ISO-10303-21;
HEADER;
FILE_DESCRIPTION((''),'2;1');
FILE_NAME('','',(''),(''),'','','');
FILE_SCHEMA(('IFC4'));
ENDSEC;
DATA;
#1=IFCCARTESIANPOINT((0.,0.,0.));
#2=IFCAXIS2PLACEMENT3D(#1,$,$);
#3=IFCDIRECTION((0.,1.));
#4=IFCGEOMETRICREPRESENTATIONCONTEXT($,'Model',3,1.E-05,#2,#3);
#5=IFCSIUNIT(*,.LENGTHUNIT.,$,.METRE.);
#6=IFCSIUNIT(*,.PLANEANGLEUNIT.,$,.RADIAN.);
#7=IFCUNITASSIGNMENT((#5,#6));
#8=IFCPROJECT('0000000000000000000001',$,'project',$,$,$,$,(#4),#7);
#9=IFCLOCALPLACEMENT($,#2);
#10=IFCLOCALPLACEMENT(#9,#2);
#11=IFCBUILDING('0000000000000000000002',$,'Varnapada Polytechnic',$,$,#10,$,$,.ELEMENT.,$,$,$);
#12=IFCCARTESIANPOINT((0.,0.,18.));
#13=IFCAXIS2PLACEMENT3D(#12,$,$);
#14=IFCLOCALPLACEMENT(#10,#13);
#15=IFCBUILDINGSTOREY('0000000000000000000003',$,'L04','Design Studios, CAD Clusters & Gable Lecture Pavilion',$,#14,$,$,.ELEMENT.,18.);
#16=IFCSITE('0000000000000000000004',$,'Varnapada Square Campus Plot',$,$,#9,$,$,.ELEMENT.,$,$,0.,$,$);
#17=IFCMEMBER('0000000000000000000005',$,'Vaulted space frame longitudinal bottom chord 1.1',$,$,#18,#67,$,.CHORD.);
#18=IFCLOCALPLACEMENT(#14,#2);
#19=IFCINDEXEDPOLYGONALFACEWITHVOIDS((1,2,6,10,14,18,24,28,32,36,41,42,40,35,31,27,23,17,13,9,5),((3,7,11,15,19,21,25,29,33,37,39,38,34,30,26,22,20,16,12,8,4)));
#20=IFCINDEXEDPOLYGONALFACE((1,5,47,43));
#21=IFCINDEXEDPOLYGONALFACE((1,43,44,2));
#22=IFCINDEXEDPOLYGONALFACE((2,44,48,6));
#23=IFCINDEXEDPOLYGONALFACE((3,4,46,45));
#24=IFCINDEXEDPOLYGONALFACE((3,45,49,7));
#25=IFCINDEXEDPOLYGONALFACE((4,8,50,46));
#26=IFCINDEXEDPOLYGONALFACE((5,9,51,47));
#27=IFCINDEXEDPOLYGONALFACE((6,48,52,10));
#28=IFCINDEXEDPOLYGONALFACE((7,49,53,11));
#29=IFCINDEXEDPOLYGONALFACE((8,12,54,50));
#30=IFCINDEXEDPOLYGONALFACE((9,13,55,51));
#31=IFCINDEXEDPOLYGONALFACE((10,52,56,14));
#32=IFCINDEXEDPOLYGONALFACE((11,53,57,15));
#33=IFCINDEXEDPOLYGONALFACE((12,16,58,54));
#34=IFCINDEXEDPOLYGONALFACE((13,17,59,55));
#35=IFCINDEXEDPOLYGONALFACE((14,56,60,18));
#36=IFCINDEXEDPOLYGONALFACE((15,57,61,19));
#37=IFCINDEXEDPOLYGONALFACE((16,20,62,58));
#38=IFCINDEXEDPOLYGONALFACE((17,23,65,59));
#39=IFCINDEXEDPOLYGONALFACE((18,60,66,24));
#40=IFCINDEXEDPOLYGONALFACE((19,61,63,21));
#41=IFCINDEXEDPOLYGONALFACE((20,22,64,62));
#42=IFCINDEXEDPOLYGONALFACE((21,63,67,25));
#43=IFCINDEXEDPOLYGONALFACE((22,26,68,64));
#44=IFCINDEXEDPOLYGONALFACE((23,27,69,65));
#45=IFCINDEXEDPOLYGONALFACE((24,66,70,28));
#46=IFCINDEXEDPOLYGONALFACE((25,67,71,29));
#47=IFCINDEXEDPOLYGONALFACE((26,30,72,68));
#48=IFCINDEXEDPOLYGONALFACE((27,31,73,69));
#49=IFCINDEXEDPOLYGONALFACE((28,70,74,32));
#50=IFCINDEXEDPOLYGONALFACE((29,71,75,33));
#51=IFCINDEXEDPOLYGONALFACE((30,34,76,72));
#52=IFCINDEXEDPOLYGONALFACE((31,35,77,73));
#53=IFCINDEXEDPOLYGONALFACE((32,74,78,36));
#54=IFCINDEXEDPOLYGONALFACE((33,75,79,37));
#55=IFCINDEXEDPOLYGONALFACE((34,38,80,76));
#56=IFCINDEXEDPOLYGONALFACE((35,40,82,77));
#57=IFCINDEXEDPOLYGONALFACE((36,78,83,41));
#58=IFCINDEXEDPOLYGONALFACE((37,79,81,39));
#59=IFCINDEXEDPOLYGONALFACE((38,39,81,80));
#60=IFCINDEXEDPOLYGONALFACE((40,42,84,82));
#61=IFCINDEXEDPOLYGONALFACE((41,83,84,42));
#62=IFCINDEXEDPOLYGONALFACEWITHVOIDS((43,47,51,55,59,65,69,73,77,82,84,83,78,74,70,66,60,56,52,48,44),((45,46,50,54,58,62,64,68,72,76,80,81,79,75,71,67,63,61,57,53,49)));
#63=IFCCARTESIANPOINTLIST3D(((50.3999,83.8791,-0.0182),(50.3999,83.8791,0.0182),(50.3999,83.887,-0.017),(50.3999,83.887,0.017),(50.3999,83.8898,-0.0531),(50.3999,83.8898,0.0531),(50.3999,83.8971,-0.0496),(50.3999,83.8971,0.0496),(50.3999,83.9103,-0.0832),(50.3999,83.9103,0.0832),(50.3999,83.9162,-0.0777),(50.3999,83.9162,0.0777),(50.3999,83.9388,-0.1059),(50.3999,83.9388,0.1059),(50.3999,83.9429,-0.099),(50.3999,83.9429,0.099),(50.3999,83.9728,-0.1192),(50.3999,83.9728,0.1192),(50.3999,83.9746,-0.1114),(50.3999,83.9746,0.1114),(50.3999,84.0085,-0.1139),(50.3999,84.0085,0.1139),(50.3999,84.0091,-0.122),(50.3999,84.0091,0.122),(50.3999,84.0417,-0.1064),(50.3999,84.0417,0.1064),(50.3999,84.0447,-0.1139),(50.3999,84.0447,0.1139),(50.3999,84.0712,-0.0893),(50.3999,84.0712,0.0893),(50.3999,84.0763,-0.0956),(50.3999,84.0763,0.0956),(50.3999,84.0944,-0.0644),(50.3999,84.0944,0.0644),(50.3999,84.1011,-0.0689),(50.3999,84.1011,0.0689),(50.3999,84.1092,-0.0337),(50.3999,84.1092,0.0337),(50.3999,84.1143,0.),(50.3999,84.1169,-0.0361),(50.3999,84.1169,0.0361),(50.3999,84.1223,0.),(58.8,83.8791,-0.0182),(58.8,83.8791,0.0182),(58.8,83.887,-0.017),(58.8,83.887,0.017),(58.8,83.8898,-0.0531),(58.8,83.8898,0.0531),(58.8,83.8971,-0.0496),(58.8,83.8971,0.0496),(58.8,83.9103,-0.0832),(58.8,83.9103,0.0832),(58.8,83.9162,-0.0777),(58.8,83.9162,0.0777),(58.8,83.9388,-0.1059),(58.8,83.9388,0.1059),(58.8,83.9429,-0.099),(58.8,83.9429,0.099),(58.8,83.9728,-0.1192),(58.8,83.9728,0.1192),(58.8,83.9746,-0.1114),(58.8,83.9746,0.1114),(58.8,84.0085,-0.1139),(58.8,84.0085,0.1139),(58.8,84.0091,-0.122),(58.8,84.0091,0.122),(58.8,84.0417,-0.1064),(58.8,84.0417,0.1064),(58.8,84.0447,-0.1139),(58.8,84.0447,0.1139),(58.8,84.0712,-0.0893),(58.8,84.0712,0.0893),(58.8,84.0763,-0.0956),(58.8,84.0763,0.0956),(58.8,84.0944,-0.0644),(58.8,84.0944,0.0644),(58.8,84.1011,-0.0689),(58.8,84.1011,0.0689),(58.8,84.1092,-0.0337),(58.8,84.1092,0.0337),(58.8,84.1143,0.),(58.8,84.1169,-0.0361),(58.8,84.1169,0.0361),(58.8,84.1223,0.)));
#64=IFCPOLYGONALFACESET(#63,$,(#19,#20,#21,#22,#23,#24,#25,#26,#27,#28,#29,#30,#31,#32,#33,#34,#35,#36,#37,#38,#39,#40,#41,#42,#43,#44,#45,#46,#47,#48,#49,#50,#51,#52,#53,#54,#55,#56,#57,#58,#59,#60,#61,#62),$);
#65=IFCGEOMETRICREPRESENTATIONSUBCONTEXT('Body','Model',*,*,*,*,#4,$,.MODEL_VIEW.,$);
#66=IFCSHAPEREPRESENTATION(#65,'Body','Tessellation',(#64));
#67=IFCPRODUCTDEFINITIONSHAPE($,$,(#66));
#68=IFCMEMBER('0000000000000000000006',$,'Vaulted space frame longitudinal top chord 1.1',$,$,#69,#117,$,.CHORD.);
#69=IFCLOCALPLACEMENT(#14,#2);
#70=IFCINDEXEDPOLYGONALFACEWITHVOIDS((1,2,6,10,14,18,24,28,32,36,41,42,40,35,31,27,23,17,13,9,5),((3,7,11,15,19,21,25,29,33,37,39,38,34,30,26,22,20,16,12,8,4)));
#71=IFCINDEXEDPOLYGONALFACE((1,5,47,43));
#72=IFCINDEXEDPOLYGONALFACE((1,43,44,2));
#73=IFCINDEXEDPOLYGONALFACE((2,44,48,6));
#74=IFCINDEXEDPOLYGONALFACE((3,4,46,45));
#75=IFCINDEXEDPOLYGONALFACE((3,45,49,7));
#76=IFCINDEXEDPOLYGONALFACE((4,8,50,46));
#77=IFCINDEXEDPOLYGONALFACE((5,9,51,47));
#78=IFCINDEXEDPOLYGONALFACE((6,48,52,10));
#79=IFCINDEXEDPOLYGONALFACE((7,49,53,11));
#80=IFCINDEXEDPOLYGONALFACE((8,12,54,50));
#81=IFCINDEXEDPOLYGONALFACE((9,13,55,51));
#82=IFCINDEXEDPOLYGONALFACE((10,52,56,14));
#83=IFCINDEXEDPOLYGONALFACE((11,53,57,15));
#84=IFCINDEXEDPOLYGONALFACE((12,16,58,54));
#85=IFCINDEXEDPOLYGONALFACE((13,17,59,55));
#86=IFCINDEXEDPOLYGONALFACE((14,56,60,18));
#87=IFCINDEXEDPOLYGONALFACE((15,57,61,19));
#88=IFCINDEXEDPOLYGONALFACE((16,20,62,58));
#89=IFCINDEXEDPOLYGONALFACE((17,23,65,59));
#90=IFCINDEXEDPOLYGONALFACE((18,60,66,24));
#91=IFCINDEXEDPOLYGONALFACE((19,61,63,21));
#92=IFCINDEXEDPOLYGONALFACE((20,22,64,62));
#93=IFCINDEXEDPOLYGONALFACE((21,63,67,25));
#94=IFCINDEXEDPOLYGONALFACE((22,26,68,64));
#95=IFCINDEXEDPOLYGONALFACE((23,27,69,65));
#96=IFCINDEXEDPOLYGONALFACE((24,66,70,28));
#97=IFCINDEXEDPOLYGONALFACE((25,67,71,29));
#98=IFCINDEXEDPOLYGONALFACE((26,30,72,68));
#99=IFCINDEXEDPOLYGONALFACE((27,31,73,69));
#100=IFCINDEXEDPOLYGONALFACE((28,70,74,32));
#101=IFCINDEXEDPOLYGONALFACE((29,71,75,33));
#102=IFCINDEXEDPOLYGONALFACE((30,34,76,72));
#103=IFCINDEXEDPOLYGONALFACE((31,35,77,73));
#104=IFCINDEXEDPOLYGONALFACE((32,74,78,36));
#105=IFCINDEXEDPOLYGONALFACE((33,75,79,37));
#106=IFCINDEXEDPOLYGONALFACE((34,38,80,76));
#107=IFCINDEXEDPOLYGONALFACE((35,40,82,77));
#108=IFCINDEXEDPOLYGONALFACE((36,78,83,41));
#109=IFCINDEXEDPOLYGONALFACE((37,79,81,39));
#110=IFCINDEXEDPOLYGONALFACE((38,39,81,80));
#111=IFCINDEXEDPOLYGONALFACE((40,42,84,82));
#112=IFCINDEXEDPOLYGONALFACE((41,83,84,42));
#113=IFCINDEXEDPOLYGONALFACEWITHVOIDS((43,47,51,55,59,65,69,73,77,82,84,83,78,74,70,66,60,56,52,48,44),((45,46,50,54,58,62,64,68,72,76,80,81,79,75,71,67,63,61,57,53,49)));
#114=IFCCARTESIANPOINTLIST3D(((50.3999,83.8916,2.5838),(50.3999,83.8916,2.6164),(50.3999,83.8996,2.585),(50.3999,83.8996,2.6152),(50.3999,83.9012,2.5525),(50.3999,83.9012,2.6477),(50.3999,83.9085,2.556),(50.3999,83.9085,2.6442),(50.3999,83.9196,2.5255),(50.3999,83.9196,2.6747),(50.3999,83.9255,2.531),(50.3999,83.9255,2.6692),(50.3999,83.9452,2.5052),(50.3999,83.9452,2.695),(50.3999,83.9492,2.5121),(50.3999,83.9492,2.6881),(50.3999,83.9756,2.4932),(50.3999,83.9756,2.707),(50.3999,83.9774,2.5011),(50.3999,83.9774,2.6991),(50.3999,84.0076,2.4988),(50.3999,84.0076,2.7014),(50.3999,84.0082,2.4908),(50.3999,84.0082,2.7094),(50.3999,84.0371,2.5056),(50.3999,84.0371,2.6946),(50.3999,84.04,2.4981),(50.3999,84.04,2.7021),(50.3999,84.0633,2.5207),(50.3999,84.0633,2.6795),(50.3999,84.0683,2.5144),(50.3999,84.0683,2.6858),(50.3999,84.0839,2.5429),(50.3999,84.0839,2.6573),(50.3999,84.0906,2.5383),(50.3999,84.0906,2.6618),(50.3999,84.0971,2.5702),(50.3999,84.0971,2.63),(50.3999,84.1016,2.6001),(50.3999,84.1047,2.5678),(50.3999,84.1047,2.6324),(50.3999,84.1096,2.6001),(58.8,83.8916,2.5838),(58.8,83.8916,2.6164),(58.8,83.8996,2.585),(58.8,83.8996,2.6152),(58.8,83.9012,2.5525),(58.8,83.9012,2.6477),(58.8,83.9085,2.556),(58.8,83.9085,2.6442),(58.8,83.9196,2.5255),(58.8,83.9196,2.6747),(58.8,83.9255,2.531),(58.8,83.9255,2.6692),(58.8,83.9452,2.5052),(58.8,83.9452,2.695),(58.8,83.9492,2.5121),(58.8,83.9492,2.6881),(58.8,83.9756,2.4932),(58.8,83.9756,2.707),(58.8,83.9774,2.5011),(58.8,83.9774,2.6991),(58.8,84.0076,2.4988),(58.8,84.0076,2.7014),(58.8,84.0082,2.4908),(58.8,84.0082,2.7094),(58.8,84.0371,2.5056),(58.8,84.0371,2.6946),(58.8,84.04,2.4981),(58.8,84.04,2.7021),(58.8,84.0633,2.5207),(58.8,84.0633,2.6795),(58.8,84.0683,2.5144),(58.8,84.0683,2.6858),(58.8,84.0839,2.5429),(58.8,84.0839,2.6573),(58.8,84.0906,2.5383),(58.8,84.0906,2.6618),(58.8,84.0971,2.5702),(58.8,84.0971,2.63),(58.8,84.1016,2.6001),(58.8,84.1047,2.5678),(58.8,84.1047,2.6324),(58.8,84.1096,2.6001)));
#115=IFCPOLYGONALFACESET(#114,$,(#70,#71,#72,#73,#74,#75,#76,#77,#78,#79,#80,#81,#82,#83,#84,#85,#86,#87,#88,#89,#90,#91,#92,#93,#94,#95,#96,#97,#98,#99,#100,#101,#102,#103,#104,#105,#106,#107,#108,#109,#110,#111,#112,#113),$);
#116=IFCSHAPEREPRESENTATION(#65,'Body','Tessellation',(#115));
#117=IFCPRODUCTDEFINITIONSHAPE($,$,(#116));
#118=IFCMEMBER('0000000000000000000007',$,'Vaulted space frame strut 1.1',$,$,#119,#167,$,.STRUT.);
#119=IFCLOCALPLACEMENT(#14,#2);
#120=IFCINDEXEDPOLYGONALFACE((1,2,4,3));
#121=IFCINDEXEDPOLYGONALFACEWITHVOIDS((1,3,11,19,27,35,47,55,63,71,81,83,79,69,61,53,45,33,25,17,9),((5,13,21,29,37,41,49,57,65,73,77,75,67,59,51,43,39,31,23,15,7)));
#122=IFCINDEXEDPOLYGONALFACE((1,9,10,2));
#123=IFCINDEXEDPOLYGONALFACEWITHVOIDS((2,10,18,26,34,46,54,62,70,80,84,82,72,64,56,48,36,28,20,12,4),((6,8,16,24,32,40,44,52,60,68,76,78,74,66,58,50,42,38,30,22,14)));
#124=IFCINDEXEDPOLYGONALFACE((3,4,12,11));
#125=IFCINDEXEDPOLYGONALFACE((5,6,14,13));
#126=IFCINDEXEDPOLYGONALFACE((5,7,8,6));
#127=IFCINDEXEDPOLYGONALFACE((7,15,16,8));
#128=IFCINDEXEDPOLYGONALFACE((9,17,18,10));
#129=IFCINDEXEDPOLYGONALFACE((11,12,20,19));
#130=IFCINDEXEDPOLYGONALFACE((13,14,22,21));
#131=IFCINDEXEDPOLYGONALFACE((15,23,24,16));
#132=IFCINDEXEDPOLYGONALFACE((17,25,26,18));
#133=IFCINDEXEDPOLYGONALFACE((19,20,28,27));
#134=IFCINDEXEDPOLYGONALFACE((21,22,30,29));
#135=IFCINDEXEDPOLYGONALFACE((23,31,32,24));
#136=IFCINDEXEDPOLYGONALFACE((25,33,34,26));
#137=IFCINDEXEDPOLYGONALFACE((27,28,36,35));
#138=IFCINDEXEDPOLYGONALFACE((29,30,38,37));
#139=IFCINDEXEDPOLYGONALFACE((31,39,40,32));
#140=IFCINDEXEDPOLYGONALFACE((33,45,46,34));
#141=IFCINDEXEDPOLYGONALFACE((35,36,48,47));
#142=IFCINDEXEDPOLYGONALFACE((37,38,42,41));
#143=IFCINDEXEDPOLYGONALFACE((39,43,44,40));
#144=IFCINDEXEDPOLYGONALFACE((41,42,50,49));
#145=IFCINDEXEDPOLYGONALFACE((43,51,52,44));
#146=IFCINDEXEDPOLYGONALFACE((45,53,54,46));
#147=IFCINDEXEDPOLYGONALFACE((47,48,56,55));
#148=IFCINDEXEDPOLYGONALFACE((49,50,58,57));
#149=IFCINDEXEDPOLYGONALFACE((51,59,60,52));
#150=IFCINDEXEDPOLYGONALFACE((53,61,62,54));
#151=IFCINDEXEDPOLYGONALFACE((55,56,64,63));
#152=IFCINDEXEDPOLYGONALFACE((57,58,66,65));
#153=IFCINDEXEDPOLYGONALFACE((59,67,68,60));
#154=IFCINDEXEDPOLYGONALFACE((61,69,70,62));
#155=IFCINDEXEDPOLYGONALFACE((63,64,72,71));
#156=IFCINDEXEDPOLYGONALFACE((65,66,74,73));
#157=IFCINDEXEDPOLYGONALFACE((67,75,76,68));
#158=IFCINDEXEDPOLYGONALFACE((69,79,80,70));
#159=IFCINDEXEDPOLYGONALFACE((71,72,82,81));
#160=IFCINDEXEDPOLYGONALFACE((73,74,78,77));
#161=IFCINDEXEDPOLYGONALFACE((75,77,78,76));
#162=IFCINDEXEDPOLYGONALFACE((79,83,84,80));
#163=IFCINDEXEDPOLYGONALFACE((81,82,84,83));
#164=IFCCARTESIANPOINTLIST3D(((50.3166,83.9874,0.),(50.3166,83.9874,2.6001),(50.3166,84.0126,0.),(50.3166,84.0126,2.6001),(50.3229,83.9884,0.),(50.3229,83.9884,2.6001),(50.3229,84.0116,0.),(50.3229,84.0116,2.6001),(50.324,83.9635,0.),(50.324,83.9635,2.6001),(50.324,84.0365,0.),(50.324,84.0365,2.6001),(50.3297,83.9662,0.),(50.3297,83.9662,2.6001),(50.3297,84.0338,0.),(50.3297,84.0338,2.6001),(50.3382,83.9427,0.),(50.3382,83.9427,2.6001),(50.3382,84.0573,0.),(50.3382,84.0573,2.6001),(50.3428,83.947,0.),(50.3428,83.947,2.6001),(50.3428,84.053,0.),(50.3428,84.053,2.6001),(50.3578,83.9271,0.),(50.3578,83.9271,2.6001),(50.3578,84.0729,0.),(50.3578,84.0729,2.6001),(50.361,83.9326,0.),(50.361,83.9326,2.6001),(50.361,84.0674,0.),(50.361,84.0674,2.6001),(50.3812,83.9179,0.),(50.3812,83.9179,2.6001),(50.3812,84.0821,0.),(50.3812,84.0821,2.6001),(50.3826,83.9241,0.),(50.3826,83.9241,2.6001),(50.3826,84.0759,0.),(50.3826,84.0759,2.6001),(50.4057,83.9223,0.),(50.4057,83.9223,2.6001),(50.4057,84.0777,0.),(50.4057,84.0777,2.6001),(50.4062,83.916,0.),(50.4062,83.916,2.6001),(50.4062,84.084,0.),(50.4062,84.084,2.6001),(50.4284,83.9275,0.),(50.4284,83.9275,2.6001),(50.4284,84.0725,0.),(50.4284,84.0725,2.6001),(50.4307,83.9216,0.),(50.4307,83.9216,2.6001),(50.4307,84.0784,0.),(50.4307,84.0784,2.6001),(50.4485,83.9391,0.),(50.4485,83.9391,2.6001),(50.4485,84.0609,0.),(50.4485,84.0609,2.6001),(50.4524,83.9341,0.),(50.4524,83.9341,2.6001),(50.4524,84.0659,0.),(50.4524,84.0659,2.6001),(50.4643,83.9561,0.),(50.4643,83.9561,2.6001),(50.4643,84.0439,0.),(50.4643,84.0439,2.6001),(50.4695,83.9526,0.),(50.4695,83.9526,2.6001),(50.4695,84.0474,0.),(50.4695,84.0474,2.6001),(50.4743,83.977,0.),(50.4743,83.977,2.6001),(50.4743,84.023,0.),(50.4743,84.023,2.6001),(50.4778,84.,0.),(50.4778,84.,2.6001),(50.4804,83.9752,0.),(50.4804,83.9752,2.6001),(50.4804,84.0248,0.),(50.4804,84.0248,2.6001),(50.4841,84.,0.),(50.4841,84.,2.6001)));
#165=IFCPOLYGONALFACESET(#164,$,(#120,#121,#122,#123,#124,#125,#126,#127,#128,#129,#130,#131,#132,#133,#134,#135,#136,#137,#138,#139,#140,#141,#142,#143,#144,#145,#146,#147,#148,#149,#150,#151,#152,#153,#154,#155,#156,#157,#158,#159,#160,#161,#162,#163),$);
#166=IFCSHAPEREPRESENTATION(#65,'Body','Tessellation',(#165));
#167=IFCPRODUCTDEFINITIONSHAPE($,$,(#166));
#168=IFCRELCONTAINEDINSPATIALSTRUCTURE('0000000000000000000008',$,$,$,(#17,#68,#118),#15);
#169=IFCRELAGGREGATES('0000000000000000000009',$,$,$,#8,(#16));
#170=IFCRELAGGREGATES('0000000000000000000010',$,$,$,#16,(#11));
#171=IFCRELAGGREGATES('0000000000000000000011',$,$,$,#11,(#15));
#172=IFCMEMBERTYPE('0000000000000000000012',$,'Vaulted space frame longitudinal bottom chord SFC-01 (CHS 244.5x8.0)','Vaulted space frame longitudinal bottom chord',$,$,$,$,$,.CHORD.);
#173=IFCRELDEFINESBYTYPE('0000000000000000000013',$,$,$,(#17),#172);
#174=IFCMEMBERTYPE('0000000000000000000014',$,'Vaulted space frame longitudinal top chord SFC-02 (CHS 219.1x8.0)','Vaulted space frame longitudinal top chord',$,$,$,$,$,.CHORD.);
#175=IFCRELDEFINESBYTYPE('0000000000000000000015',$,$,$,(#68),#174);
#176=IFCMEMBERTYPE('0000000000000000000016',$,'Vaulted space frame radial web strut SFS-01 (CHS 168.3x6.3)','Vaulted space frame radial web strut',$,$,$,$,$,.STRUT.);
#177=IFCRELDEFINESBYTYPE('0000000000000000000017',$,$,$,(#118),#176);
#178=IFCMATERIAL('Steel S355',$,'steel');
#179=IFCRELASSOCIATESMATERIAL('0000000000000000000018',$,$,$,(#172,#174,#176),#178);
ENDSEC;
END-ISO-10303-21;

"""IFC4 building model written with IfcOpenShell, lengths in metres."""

from ifc_helpers import new_model, si_unit, direction, frame, origin, origin_2d, place, context, subcontext, project, spatial, hollow_circle, extrude, material, material_profile, profile_set, type_object, element, save


model = new_model("IFC4")

# Units and contexts
model_context = context("Model", 3, precision=1e-05, world=origin(), true_north=direction((0.0, 1.0)))
body_context = subcontext(model_context, "Body", "Model", "MODEL_VIEW")
ifc_project = project(units=[si_unit("LENGTHUNIT", "METRE"), si_unit("PLANEANGLEUNIT", "RADIAN")], contexts=[model_context])

# Site, building, storey
site_placement = place(None, origin())
site = spatial("IfcSite", under=ifc_project, at=site_placement, Name="Varnapada Square Campus Plot", CompositionType="ELEMENT", RefElevation=0.0)
building_placement = place(site_placement, origin())
building = spatial("IfcBuilding", under=site, at=building_placement, Name="Varnapada Polytechnic", CompositionType="ELEMENT")
storey_placement = place(building_placement, frame((0.0, 0.0, 18.0)))
storey = spatial("IfcBuildingStorey", under=building, at=storey_placement, Name="L04", Description="Design Studios, CAD Clusters & Gable Lecture Pavilion", CompositionType="ELEMENT", Elevation=18.0)

# Shared definitions
ifc_material = material(Name="Steel S355", Category="steel")

# Members
ifc_material_profile_1 = material_profile(ifc_material, hollow_circle(Radius=0.1223, WallThickness=0.0081, at=origin_2d()), Name="CHS 244.5x8.0")
ifc_profile_set_1 = profile_set([ifc_material_profile_1], Name="Steel S355")
member_type_1 = type_object("IfcMemberType", Name="Vaulted space frame longitudinal bottom chord SFC-01 (CHS 244.5x8.0)", Description="Vaulted space frame longitudinal bottom chord", PredefinedType="CHORD", material=ifc_profile_set_1)
member_1_placement = place(storey_placement, frame((50.3999, 84.0, 0.0), z_axis=(1.0, 0.0, 0.0), x_axis=(0.0, 1.0, 0.0)))
element("IfcMember", 1, at=member_1_placement, inside=storey, type_object=member_type_1, Name="Vaulted space frame longitudinal bottom chord 1.1", PredefinedType="CHORD", context=body_context, shape_type="SweptSolid", body=[
    extrude(hollow_circle(Radius=0.1223, WallThickness=0.0081, at=origin_2d()), origin(), (0.0, 0.0, 1.0), 8.4001),
])
ifc_material_profile_2 = material_profile(ifc_material, hollow_circle(Radius=0.1096, WallThickness=0.0081, at=origin_2d()), Name="CHS 219.1x8.0")
ifc_profile_set_2 = profile_set([ifc_material_profile_2], Name="Steel S355")
member_type_2 = type_object("IfcMemberType", Name="Vaulted space frame longitudinal top chord SFC-02 (CHS 219.1x8.0)", Description="Vaulted space frame longitudinal top chord", PredefinedType="CHORD", material=ifc_profile_set_2)
member_2_placement = place(storey_placement, frame((50.3999, 84.0, 2.6001), z_axis=(1.0, 0.0, 0.0), x_axis=(0.0, 1.0, 0.0)))
element("IfcMember", 2, at=member_2_placement, inside=storey, type_object=member_type_2, Name="Vaulted space frame longitudinal top chord 1.1", PredefinedType="CHORD", context=body_context, shape_type="SweptSolid", body=[
    extrude(hollow_circle(Radius=0.1096, WallThickness=0.0081, at=origin_2d()), origin(), (0.0, 0.0, 1.0), 8.4001),
])
ifc_material_profile_3 = material_profile(ifc_material, hollow_circle(Radius=0.0842, WallThickness=0.0063, at=origin_2d()), Name="CHS 168.3x6.3")
ifc_profile_set_3 = profile_set([ifc_material_profile_3], Name="Steel S355")
member_type_3 = type_object("IfcMemberType", Name="Vaulted space frame radial web strut SFS-01 (CHS 168.3x6.3)", Description="Vaulted space frame radial web strut", PredefinedType="STRUT", material=ifc_profile_set_3)
member_3_placement = place(storey_placement, frame((50.3999, 84.0, 0.0), z_axis=(0.0, 0.0, 1.0), x_axis=(1.0, 0.0, 0.0)))
element("IfcMember", 3, at=member_3_placement, inside=storey, type_object=member_type_3, Name="Vaulted space frame strut 1.1", PredefinedType="STRUT", context=body_context, shape_type="SweptSolid", body=[
    extrude(hollow_circle(Radius=0.0842, WallThickness=0.0063, at=origin_2d()), origin(), (0.0, 0.0, 1.0), 2.6001),
])

save(model, "model.ifc")
